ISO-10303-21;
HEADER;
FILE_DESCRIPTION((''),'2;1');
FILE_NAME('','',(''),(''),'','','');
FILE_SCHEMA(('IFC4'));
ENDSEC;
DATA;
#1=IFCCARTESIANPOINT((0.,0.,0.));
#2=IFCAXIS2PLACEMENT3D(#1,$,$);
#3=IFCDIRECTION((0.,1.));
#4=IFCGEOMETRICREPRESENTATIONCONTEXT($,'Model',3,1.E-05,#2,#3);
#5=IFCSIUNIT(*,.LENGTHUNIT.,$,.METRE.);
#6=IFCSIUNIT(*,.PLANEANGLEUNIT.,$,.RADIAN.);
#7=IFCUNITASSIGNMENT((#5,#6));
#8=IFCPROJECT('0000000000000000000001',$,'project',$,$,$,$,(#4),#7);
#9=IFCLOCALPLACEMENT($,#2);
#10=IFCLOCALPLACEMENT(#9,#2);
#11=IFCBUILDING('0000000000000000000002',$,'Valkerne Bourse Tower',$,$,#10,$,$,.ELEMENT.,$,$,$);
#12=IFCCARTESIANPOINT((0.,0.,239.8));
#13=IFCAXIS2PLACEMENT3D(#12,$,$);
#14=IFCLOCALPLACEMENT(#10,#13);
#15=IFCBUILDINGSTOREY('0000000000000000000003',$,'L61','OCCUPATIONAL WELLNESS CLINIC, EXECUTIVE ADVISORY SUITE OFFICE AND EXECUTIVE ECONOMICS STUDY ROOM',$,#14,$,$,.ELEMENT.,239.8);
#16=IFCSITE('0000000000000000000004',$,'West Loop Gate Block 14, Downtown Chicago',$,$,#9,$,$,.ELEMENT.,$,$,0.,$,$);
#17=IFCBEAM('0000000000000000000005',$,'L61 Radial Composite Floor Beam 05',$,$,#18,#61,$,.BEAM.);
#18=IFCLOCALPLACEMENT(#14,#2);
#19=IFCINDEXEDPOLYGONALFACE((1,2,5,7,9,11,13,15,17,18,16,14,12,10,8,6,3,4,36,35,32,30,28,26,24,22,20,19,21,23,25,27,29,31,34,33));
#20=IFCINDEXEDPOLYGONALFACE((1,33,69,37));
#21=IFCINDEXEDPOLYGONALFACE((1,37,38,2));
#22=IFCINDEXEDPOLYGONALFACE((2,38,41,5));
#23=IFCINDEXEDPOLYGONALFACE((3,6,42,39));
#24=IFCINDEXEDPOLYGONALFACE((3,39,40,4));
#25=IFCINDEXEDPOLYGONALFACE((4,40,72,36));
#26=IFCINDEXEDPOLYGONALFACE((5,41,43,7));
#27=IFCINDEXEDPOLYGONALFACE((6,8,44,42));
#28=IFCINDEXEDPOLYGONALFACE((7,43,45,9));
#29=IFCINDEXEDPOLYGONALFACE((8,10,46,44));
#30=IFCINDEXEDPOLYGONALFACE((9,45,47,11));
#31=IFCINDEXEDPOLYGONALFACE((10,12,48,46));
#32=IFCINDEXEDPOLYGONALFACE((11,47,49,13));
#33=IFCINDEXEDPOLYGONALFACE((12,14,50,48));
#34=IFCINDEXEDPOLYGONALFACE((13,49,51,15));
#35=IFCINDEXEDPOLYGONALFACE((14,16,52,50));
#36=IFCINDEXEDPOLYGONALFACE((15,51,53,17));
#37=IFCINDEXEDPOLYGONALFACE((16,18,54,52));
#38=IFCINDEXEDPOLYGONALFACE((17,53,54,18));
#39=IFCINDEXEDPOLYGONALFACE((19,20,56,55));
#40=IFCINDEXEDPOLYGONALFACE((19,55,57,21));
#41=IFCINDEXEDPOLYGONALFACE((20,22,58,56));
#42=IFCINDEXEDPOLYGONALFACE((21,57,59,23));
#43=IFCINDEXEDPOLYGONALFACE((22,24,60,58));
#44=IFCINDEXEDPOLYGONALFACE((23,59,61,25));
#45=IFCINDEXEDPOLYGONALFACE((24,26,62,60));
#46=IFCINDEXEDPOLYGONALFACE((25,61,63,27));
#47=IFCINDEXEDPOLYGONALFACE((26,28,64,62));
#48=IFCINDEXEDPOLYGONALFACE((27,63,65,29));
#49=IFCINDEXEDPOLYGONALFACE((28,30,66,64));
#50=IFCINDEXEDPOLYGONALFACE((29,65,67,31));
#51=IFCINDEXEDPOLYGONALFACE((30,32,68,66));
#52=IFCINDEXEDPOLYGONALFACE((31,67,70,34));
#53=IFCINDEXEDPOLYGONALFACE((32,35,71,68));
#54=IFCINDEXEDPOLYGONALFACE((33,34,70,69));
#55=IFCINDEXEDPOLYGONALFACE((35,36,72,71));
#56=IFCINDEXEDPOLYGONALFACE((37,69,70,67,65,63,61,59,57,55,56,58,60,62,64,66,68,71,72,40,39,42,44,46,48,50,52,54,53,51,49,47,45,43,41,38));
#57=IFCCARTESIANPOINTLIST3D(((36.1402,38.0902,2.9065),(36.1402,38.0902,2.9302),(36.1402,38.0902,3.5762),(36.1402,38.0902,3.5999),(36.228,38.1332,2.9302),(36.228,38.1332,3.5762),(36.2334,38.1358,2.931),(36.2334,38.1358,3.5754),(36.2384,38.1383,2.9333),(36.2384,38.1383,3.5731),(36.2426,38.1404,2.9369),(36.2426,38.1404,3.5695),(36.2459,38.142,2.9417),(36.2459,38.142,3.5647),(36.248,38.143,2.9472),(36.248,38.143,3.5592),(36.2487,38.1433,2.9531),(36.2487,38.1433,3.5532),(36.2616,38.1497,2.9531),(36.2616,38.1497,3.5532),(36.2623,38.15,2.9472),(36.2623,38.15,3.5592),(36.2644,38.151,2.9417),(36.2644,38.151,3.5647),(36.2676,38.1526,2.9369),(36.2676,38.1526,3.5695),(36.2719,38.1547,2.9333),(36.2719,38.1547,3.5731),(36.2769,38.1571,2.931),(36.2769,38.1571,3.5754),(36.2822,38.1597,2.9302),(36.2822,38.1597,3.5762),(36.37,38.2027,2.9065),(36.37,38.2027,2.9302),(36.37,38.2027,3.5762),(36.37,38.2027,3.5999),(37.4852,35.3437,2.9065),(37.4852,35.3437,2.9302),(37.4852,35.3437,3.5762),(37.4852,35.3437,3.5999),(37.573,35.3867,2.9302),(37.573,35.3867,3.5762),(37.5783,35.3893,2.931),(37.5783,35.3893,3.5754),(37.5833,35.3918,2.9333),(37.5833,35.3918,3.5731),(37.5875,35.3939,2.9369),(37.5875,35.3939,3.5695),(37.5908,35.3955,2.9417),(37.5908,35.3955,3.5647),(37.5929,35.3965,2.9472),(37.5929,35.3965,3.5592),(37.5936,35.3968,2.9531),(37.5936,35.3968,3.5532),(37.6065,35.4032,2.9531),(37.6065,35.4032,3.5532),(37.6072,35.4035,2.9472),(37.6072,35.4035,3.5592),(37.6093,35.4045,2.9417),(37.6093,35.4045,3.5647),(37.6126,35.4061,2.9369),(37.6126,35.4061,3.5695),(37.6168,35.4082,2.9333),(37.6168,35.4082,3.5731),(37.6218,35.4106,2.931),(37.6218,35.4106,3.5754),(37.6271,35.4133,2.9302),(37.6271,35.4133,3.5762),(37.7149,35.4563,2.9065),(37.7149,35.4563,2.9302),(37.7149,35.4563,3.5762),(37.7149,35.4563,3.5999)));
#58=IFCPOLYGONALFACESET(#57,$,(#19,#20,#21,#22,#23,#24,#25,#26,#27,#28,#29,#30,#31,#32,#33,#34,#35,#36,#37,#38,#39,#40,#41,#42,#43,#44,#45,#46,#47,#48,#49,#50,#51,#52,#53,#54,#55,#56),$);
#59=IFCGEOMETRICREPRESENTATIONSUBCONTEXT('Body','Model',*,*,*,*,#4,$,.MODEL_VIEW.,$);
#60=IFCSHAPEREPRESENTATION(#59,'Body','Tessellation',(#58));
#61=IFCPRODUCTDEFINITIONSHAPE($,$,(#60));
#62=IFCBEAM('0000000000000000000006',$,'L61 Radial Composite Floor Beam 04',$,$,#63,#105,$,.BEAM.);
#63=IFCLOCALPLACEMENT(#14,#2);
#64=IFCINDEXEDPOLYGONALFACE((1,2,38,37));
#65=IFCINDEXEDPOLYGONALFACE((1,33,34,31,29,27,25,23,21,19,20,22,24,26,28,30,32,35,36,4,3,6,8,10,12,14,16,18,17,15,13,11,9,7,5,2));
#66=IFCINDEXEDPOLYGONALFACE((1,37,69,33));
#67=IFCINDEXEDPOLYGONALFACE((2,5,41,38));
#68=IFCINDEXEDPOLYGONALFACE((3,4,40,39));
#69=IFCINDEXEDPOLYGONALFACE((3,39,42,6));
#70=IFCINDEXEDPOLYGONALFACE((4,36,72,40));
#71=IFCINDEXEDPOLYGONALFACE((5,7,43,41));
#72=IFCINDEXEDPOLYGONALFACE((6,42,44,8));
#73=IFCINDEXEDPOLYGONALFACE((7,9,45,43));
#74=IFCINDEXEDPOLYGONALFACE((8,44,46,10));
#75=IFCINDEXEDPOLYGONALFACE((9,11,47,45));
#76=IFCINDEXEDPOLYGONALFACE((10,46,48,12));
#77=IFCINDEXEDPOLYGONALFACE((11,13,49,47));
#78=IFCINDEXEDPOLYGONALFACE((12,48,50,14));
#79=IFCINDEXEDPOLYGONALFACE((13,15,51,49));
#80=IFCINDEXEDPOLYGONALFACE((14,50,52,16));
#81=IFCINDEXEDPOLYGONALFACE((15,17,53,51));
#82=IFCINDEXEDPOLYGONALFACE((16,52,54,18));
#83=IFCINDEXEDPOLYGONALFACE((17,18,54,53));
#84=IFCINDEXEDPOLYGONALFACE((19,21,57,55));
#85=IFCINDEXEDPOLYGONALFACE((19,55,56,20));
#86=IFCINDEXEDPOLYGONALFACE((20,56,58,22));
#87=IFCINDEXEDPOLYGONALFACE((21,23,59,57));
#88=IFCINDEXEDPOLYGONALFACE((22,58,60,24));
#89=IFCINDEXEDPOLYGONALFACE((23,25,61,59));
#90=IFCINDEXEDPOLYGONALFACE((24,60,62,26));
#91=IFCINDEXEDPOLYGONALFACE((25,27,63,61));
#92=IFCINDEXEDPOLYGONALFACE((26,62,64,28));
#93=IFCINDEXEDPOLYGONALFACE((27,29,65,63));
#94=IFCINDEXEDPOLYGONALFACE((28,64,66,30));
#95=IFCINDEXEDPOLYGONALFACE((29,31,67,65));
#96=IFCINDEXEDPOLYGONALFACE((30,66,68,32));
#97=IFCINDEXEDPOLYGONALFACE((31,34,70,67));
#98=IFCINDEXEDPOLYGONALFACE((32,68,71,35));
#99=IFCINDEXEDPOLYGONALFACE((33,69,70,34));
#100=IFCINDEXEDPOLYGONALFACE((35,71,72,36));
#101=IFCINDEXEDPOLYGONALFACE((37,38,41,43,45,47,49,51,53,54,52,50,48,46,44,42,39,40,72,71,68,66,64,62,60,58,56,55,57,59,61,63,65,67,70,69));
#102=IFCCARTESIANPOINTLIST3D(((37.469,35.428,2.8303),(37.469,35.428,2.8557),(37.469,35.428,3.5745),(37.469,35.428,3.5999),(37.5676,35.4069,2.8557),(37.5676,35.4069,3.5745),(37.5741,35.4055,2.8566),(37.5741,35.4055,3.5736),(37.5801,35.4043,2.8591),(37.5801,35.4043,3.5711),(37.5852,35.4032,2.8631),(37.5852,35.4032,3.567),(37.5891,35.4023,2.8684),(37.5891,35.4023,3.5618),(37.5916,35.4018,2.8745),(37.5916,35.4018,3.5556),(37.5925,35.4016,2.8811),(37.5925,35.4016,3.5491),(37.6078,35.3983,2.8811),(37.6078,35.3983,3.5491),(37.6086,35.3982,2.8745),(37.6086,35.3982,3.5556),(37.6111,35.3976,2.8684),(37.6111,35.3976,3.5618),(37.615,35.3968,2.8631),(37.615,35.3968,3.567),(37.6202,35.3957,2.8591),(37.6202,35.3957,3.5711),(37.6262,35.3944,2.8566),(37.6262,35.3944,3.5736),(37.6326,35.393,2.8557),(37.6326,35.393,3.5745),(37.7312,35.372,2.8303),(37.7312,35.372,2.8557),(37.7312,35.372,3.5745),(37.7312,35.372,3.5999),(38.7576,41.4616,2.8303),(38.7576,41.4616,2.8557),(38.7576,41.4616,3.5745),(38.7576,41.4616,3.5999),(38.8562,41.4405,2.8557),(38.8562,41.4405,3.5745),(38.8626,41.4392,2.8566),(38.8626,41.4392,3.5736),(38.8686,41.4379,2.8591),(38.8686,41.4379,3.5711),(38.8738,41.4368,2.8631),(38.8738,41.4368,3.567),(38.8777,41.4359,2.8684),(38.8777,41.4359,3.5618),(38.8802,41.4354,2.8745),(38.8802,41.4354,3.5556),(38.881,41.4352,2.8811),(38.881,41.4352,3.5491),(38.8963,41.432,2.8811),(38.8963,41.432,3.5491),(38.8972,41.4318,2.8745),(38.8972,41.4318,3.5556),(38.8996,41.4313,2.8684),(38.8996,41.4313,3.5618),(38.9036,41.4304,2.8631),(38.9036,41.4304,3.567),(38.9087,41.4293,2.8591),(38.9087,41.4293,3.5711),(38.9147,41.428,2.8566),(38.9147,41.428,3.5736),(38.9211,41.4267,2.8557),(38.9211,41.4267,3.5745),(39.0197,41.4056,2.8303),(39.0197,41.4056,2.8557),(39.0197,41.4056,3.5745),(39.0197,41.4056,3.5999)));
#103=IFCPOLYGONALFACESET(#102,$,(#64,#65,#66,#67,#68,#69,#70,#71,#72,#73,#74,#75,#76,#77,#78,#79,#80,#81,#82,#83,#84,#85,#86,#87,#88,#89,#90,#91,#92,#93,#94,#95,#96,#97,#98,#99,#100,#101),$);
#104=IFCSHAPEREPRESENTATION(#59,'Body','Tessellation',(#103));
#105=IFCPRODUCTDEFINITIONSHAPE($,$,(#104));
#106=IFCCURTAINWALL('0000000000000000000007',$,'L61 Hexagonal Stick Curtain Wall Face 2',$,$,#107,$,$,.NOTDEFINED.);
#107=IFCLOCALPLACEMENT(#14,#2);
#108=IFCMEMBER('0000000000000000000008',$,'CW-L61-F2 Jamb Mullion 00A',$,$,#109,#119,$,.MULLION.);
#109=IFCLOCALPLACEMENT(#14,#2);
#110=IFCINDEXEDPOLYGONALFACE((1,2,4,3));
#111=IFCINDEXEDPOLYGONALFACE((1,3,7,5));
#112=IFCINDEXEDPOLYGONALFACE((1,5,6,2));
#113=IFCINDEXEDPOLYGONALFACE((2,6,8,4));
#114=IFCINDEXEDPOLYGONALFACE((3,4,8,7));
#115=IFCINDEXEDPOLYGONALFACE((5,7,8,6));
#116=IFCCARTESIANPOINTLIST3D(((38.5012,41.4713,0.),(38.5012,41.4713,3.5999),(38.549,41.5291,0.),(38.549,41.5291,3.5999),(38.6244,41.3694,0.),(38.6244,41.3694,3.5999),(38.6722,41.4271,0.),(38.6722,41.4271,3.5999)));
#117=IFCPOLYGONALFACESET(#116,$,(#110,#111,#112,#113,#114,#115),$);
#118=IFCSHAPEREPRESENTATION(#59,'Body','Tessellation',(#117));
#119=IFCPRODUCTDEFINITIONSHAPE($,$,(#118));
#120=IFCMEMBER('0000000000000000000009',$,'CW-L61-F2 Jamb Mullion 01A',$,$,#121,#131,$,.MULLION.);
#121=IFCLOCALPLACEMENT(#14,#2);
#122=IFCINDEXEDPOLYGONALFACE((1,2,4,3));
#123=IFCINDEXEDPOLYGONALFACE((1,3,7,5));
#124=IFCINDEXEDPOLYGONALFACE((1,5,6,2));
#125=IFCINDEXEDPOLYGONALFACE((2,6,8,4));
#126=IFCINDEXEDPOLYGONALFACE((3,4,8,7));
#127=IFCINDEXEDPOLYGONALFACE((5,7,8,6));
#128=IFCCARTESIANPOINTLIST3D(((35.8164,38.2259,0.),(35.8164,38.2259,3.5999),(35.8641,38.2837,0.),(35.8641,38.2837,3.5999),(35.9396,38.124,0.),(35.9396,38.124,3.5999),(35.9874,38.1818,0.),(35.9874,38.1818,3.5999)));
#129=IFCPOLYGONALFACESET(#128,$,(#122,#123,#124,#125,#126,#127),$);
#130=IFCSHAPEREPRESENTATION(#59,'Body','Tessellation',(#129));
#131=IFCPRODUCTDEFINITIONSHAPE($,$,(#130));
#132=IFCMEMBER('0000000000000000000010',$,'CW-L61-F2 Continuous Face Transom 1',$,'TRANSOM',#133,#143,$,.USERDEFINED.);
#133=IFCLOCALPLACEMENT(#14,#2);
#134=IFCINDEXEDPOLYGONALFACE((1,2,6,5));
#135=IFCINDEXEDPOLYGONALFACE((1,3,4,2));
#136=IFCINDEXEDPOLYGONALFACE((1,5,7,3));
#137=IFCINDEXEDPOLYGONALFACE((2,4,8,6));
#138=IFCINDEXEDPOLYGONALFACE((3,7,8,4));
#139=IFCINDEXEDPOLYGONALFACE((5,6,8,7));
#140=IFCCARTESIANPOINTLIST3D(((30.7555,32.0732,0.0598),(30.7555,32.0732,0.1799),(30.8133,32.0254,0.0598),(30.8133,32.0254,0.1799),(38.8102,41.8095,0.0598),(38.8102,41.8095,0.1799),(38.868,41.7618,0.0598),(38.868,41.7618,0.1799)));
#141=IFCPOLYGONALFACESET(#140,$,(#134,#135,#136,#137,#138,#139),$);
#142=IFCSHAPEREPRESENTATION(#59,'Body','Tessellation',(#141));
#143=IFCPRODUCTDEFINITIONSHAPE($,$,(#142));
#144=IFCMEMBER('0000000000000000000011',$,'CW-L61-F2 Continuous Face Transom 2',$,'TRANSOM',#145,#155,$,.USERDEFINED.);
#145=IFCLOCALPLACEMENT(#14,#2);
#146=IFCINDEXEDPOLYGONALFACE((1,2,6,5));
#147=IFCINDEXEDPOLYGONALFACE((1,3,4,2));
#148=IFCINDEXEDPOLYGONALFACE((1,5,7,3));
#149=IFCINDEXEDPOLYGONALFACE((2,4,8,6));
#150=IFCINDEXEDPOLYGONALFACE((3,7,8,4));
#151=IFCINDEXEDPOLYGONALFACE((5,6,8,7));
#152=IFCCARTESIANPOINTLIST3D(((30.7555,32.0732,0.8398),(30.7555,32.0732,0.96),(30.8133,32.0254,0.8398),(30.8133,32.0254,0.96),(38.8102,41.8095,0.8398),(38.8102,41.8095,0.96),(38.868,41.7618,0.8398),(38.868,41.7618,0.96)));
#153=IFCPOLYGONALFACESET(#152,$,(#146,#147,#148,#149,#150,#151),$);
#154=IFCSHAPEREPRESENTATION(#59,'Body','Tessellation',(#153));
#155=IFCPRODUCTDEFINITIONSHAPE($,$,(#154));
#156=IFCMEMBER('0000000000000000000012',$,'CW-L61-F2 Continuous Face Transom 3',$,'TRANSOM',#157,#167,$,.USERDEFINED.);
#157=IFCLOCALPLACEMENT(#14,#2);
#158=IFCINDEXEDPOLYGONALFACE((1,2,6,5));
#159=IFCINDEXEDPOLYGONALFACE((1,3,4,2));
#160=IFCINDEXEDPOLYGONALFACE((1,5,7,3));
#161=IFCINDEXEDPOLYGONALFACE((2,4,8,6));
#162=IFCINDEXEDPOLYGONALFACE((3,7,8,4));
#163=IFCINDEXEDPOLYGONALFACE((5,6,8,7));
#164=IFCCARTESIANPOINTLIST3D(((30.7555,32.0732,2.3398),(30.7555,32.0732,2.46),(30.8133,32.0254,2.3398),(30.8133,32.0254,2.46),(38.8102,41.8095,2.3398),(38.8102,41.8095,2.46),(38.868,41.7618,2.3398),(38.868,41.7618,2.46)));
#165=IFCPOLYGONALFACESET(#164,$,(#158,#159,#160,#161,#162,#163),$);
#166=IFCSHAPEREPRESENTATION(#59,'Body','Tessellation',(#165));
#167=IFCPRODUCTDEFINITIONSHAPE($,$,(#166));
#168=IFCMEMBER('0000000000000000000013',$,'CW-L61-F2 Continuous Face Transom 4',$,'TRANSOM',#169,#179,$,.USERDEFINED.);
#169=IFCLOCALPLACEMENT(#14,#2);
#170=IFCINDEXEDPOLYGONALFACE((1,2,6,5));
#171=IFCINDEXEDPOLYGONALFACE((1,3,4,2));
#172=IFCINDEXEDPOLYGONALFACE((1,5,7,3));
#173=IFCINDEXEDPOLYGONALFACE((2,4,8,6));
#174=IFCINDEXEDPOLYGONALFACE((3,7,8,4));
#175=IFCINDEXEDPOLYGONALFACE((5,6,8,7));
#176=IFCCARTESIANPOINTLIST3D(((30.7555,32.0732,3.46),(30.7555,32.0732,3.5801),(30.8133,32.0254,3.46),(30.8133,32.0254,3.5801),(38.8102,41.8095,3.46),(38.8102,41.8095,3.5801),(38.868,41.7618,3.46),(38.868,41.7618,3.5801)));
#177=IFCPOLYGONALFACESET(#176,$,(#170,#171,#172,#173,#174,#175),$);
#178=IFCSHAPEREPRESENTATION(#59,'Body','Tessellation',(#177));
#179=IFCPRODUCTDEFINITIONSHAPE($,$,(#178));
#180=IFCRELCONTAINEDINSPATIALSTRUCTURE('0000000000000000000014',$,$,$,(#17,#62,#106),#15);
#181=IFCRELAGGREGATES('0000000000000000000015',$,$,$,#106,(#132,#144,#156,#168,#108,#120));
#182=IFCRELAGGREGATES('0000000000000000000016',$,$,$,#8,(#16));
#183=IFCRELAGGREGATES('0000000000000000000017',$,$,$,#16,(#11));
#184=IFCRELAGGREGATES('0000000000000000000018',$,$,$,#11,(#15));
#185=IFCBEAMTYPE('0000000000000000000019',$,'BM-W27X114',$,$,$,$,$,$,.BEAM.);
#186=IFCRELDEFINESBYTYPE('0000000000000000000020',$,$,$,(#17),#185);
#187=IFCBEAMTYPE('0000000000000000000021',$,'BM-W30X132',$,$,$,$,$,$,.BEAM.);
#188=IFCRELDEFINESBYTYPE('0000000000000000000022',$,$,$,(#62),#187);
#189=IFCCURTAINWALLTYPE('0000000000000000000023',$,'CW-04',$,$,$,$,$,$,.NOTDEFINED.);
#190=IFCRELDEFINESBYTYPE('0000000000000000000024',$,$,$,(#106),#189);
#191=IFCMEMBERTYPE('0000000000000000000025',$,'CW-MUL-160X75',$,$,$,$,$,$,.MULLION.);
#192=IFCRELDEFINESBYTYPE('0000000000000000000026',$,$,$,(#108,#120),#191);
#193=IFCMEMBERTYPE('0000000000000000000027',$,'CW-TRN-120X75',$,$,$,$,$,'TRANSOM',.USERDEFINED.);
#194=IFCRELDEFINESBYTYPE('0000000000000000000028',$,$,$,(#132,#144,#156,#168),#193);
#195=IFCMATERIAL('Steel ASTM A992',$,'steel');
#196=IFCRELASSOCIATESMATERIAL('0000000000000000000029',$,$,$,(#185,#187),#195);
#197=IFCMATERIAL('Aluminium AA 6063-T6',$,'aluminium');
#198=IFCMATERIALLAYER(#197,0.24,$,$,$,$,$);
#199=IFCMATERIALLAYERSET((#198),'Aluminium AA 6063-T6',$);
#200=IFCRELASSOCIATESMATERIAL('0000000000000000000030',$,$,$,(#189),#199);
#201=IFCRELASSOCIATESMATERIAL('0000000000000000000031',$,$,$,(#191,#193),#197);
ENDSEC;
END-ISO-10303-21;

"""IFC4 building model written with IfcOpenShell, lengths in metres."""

from ifc_helpers import new_model, si_unit, direction, frame, origin, origin_2d, place, context, subcontext, project, spatial, rectangle, i_section, extrude, material, layer, layer_set, material_profile, profile_set, type_object, element, aggregate, save


model = new_model("IFC4")

# Units and contexts
model_context = context("Model", 3, precision=1e-05, world=origin(), true_north=direction((0.0, 1.0)))
body_context = subcontext(model_context, "Body", "Model", "MODEL_VIEW")
ifc_project = project(units=[si_unit("LENGTHUNIT", "METRE"), si_unit("PLANEANGLEUNIT", "RADIAN")], contexts=[model_context])

# Site, building, storey
site_placement = place(None, origin())
site = spatial("IfcSite", under=ifc_project, at=site_placement, Name="West Loop Gate Block 14, Downtown Chicago", CompositionType="ELEMENT", RefElevation=0.0)
building_placement = place(site_placement, origin())
building = spatial("IfcBuilding", under=site, at=building_placement, Name="Valkerne Bourse Tower", CompositionType="ELEMENT")
storey_placement = place(building_placement, frame((0.0, 0.0, 239.8)))
storey = spatial("IfcBuildingStorey", under=building, at=storey_placement, Name="L61", Description="OCCUPATIONAL WELLNESS CLINIC, EXECUTIVE ADVISORY SUITE OFFICE AND EXECUTIVE ECONOMICS STUDY ROOM", CompositionType="ELEMENT", Elevation=239.8)

# Beams
ifc_material_1 = material(Name="Steel ASTM A992", Category="steel")
ifc_material_profile_1 = material_profile(ifc_material_1, i_section(OverallWidth=0.2559, OverallDepth=0.6934, WebThickness=0.0144, FlangeThickness=0.0237, FilletRadius=0.0229, at=origin_2d()), Name="W27X114")
ifc_profile_set_1 = profile_set([ifc_material_profile_1], Name="Steel ASTM A992")
beam_type_1 = type_object("IfcBeamType", Name="BM-W27X114", PredefinedType="BEAM", material=ifc_profile_set_1)
beam_1_placement = place(storey_placement, frame((36.2551, 38.1465, 3.2532), z_axis=(0.43979, -0.898101, 0.0), x_axis=(0.898101, 0.43979, 0.0)))
element("IfcBeam", 1, at=beam_1_placement, inside=storey, type_object=beam_type_1, Name="L61 Radial Composite Floor Beam 05", PredefinedType="BEAM", context=body_context, shape_type="SweptSolid", body=[
    extrude(i_section(OverallWidth=0.2559, OverallDepth=0.6934, WebThickness=0.0144, FlangeThickness=0.0237, FilletRadius=0.0229, at=origin_2d()), origin(), (0.0, 0.0, 1.0), 3.0581),
])
ifc_material_profile_2 = material_profile(ifc_material_1, i_section(OverallWidth=0.2681, OverallDepth=0.7695, WebThickness=0.0156, FlangeThickness=0.0254, FilletRadius=0.0254, at=origin_2d()), Name="W30X132")
ifc_profile_set_2 = profile_set([ifc_material_profile_2], Name="Steel ASTM A992")
beam_type_2 = type_object("IfcBeamType", Name="BM-W30X132", PredefinedType="BEAM", material=ifc_profile_set_2)
beam_2_placement = place(storey_placement, frame((38.8887, 41.4336, 3.2151), z_axis=(-0.208853, -0.977947, 0.0), x_axis=(0.977947, -0.208853, 0.0)))
element("IfcBeam", 2, at=beam_2_placement, inside=storey, type_object=beam_type_2, Name="L61 Radial Composite Floor Beam 04", PredefinedType="BEAM", context=body_context, shape_type="SweptSolid", body=[
    extrude(i_section(OverallWidth=0.2681, OverallDepth=0.7695, WebThickness=0.0156, FlangeThickness=0.0254, FilletRadius=0.0254, at=origin_2d()), origin(), (0.0, 0.0, 1.0), 6.1697),
])

# Curtain wall, members
ifc_material_2 = material(Name="Aluminium AA 6063-T6", Category="aluminium")
ifc_layer_1 = layer(ifc_material_2, 0.24)
ifc_layer_set_1 = layer_set([ifc_layer_1], Name="Aluminium AA 6063-T6")
curtain_wall_type = type_object("IfcCurtainWallType", Name="CW-04", PredefinedType="NOTDEFINED", material=ifc_layer_set_1)
curtain_wall_placement = place(storey_placement, origin())
curtain_wall = element("IfcCurtainWall", 3, at=curtain_wall_placement, inside=storey, type_object=curtain_wall_type, Name="L61 Hexagonal Stick Curtain Wall Face 2", PredefinedType="NOTDEFINED")
ifc_material_profile_3 = material_profile(ifc_material_2, rectangle(XDim=0.075, YDim=0.1599, at=origin_2d()), Name="CWM-75X160")
ifc_profile_set_3 = profile_set([ifc_material_profile_3], Name="Aluminium AA 6063-T6")
member_type_1 = type_object("IfcMemberType", Name="CW-MUL-160X75", PredefinedType="MULLION", material=ifc_profile_set_3)
member_1_placement = place(storey_placement, frame((38.5867, 41.4492, 0.0), z_axis=(0.0, 0.0, 1.0), x_axis=(-0.63742, -0.770517, 0.0)))
member_1 = element("IfcMember", 4, at=member_1_placement, type_object=member_type_1, Name="CW-L61-F2 Jamb Mullion 00A", PredefinedType="MULLION", context=body_context, shape_type="SweptSolid", body=[
    extrude(rectangle(XDim=0.075, YDim=0.1599, at=origin_2d()), origin(), (0.0, 0.0, 1.0), 3.5999),
])
member_2_placement = place(storey_placement, frame((35.9019, 38.2039, 0.0), z_axis=(0.0, 0.0, 1.0), x_axis=(-0.63742, -0.770517, 0.0)))
member_2 = element("IfcMember", 5, at=member_2_placement, type_object=member_type_1, Name="CW-L61-F2 Jamb Mullion 01A", PredefinedType="MULLION", context=body_context, shape_type="SweptSolid", body=[
    extrude(rectangle(XDim=0.075, YDim=0.1599, at=origin_2d()), origin(), (0.0, 0.0, 1.0), 3.5999),
])
ifc_material_profile_4 = material_profile(ifc_material_2, rectangle(XDim=0.075, YDim=0.1201, at=origin_2d()), Name="CWT-75X120")
ifc_profile_set_4 = profile_set([ifc_material_profile_4], Name="Aluminium AA 6063-T6")
member_type_2 = type_object("IfcMemberType", Name="CW-TRN-120X75", ElementType="TRANSOM", PredefinedType="USERDEFINED", material=ifc_profile_set_4)
member_3_placement = place(storey_placement, frame((38.8391, 41.7856, 0.1199), z_axis=(-0.637429, -0.770509, 0.0), x_axis=(0.770509, -0.637429, 0.0)))
member_3 = element("IfcMember", 6, at=member_3_placement, type_object=member_type_2, Name="CW-L61-F2 Continuous Face Transom 1", ObjectType="TRANSOM", PredefinedType="USERDEFINED", context=body_context, shape_type="SweptSolid", body=[
    extrude(rectangle(XDim=0.075, YDim=0.1201, at=origin_2d()), origin(), (0.0, 0.0, 1.0), 12.6362),
])
member_4_placement = place(storey_placement, frame((38.8391, 41.7856, 0.8999), z_axis=(-0.637429, -0.770509, 0.0), x_axis=(0.770509, -0.637429, 0.0)))
member_4 = element("IfcMember", 7, at=member_4_placement, type_object=member_type_2, Name="CW-L61-F2 Continuous Face Transom 2", ObjectType="TRANSOM", PredefinedType="USERDEFINED", context=body_context, shape_type="SweptSolid", body=[
    extrude(rectangle(XDim=0.075, YDim=0.1201, at=origin_2d()), origin(), (0.0, 0.0, 1.0), 12.6362),
])
member_5_placement = place(storey_placement, frame((38.8391, 41.7856, 2.3999), z_axis=(-0.637429, -0.770509, 0.0), x_axis=(0.770509, -0.637429, 0.0)))
member_5 = element("IfcMember", 8, at=member_5_placement, type_object=member_type_2, Name="CW-L61-F2 Continuous Face Transom 3", ObjectType="TRANSOM", PredefinedType="USERDEFINED", context=body_context, shape_type="SweptSolid", body=[
    extrude(rectangle(XDim=0.075, YDim=0.1201, at=origin_2d()), origin(), (0.0, 0.0, 1.0), 12.6362),
])
member_6_placement = place(storey_placement, frame((38.8391, 41.7856, 3.52), z_axis=(-0.637429, -0.770509, 0.0), x_axis=(0.770509, -0.637429, 0.0)))
member_6 = element("IfcMember", 9, at=member_6_placement, type_object=member_type_2, Name="CW-L61-F2 Continuous Face Transom 4", ObjectType="TRANSOM", PredefinedType="USERDEFINED", context=body_context, shape_type="SweptSolid", body=[
    extrude(rectangle(XDim=0.075, YDim=0.1201, at=origin_2d()), origin(), (0.0, 0.0, 1.0), 12.6362),
])

aggregate(curtain_wall, [member_3, member_4, member_5, member_6, member_1, member_2])

save(model, "model.ifc")
